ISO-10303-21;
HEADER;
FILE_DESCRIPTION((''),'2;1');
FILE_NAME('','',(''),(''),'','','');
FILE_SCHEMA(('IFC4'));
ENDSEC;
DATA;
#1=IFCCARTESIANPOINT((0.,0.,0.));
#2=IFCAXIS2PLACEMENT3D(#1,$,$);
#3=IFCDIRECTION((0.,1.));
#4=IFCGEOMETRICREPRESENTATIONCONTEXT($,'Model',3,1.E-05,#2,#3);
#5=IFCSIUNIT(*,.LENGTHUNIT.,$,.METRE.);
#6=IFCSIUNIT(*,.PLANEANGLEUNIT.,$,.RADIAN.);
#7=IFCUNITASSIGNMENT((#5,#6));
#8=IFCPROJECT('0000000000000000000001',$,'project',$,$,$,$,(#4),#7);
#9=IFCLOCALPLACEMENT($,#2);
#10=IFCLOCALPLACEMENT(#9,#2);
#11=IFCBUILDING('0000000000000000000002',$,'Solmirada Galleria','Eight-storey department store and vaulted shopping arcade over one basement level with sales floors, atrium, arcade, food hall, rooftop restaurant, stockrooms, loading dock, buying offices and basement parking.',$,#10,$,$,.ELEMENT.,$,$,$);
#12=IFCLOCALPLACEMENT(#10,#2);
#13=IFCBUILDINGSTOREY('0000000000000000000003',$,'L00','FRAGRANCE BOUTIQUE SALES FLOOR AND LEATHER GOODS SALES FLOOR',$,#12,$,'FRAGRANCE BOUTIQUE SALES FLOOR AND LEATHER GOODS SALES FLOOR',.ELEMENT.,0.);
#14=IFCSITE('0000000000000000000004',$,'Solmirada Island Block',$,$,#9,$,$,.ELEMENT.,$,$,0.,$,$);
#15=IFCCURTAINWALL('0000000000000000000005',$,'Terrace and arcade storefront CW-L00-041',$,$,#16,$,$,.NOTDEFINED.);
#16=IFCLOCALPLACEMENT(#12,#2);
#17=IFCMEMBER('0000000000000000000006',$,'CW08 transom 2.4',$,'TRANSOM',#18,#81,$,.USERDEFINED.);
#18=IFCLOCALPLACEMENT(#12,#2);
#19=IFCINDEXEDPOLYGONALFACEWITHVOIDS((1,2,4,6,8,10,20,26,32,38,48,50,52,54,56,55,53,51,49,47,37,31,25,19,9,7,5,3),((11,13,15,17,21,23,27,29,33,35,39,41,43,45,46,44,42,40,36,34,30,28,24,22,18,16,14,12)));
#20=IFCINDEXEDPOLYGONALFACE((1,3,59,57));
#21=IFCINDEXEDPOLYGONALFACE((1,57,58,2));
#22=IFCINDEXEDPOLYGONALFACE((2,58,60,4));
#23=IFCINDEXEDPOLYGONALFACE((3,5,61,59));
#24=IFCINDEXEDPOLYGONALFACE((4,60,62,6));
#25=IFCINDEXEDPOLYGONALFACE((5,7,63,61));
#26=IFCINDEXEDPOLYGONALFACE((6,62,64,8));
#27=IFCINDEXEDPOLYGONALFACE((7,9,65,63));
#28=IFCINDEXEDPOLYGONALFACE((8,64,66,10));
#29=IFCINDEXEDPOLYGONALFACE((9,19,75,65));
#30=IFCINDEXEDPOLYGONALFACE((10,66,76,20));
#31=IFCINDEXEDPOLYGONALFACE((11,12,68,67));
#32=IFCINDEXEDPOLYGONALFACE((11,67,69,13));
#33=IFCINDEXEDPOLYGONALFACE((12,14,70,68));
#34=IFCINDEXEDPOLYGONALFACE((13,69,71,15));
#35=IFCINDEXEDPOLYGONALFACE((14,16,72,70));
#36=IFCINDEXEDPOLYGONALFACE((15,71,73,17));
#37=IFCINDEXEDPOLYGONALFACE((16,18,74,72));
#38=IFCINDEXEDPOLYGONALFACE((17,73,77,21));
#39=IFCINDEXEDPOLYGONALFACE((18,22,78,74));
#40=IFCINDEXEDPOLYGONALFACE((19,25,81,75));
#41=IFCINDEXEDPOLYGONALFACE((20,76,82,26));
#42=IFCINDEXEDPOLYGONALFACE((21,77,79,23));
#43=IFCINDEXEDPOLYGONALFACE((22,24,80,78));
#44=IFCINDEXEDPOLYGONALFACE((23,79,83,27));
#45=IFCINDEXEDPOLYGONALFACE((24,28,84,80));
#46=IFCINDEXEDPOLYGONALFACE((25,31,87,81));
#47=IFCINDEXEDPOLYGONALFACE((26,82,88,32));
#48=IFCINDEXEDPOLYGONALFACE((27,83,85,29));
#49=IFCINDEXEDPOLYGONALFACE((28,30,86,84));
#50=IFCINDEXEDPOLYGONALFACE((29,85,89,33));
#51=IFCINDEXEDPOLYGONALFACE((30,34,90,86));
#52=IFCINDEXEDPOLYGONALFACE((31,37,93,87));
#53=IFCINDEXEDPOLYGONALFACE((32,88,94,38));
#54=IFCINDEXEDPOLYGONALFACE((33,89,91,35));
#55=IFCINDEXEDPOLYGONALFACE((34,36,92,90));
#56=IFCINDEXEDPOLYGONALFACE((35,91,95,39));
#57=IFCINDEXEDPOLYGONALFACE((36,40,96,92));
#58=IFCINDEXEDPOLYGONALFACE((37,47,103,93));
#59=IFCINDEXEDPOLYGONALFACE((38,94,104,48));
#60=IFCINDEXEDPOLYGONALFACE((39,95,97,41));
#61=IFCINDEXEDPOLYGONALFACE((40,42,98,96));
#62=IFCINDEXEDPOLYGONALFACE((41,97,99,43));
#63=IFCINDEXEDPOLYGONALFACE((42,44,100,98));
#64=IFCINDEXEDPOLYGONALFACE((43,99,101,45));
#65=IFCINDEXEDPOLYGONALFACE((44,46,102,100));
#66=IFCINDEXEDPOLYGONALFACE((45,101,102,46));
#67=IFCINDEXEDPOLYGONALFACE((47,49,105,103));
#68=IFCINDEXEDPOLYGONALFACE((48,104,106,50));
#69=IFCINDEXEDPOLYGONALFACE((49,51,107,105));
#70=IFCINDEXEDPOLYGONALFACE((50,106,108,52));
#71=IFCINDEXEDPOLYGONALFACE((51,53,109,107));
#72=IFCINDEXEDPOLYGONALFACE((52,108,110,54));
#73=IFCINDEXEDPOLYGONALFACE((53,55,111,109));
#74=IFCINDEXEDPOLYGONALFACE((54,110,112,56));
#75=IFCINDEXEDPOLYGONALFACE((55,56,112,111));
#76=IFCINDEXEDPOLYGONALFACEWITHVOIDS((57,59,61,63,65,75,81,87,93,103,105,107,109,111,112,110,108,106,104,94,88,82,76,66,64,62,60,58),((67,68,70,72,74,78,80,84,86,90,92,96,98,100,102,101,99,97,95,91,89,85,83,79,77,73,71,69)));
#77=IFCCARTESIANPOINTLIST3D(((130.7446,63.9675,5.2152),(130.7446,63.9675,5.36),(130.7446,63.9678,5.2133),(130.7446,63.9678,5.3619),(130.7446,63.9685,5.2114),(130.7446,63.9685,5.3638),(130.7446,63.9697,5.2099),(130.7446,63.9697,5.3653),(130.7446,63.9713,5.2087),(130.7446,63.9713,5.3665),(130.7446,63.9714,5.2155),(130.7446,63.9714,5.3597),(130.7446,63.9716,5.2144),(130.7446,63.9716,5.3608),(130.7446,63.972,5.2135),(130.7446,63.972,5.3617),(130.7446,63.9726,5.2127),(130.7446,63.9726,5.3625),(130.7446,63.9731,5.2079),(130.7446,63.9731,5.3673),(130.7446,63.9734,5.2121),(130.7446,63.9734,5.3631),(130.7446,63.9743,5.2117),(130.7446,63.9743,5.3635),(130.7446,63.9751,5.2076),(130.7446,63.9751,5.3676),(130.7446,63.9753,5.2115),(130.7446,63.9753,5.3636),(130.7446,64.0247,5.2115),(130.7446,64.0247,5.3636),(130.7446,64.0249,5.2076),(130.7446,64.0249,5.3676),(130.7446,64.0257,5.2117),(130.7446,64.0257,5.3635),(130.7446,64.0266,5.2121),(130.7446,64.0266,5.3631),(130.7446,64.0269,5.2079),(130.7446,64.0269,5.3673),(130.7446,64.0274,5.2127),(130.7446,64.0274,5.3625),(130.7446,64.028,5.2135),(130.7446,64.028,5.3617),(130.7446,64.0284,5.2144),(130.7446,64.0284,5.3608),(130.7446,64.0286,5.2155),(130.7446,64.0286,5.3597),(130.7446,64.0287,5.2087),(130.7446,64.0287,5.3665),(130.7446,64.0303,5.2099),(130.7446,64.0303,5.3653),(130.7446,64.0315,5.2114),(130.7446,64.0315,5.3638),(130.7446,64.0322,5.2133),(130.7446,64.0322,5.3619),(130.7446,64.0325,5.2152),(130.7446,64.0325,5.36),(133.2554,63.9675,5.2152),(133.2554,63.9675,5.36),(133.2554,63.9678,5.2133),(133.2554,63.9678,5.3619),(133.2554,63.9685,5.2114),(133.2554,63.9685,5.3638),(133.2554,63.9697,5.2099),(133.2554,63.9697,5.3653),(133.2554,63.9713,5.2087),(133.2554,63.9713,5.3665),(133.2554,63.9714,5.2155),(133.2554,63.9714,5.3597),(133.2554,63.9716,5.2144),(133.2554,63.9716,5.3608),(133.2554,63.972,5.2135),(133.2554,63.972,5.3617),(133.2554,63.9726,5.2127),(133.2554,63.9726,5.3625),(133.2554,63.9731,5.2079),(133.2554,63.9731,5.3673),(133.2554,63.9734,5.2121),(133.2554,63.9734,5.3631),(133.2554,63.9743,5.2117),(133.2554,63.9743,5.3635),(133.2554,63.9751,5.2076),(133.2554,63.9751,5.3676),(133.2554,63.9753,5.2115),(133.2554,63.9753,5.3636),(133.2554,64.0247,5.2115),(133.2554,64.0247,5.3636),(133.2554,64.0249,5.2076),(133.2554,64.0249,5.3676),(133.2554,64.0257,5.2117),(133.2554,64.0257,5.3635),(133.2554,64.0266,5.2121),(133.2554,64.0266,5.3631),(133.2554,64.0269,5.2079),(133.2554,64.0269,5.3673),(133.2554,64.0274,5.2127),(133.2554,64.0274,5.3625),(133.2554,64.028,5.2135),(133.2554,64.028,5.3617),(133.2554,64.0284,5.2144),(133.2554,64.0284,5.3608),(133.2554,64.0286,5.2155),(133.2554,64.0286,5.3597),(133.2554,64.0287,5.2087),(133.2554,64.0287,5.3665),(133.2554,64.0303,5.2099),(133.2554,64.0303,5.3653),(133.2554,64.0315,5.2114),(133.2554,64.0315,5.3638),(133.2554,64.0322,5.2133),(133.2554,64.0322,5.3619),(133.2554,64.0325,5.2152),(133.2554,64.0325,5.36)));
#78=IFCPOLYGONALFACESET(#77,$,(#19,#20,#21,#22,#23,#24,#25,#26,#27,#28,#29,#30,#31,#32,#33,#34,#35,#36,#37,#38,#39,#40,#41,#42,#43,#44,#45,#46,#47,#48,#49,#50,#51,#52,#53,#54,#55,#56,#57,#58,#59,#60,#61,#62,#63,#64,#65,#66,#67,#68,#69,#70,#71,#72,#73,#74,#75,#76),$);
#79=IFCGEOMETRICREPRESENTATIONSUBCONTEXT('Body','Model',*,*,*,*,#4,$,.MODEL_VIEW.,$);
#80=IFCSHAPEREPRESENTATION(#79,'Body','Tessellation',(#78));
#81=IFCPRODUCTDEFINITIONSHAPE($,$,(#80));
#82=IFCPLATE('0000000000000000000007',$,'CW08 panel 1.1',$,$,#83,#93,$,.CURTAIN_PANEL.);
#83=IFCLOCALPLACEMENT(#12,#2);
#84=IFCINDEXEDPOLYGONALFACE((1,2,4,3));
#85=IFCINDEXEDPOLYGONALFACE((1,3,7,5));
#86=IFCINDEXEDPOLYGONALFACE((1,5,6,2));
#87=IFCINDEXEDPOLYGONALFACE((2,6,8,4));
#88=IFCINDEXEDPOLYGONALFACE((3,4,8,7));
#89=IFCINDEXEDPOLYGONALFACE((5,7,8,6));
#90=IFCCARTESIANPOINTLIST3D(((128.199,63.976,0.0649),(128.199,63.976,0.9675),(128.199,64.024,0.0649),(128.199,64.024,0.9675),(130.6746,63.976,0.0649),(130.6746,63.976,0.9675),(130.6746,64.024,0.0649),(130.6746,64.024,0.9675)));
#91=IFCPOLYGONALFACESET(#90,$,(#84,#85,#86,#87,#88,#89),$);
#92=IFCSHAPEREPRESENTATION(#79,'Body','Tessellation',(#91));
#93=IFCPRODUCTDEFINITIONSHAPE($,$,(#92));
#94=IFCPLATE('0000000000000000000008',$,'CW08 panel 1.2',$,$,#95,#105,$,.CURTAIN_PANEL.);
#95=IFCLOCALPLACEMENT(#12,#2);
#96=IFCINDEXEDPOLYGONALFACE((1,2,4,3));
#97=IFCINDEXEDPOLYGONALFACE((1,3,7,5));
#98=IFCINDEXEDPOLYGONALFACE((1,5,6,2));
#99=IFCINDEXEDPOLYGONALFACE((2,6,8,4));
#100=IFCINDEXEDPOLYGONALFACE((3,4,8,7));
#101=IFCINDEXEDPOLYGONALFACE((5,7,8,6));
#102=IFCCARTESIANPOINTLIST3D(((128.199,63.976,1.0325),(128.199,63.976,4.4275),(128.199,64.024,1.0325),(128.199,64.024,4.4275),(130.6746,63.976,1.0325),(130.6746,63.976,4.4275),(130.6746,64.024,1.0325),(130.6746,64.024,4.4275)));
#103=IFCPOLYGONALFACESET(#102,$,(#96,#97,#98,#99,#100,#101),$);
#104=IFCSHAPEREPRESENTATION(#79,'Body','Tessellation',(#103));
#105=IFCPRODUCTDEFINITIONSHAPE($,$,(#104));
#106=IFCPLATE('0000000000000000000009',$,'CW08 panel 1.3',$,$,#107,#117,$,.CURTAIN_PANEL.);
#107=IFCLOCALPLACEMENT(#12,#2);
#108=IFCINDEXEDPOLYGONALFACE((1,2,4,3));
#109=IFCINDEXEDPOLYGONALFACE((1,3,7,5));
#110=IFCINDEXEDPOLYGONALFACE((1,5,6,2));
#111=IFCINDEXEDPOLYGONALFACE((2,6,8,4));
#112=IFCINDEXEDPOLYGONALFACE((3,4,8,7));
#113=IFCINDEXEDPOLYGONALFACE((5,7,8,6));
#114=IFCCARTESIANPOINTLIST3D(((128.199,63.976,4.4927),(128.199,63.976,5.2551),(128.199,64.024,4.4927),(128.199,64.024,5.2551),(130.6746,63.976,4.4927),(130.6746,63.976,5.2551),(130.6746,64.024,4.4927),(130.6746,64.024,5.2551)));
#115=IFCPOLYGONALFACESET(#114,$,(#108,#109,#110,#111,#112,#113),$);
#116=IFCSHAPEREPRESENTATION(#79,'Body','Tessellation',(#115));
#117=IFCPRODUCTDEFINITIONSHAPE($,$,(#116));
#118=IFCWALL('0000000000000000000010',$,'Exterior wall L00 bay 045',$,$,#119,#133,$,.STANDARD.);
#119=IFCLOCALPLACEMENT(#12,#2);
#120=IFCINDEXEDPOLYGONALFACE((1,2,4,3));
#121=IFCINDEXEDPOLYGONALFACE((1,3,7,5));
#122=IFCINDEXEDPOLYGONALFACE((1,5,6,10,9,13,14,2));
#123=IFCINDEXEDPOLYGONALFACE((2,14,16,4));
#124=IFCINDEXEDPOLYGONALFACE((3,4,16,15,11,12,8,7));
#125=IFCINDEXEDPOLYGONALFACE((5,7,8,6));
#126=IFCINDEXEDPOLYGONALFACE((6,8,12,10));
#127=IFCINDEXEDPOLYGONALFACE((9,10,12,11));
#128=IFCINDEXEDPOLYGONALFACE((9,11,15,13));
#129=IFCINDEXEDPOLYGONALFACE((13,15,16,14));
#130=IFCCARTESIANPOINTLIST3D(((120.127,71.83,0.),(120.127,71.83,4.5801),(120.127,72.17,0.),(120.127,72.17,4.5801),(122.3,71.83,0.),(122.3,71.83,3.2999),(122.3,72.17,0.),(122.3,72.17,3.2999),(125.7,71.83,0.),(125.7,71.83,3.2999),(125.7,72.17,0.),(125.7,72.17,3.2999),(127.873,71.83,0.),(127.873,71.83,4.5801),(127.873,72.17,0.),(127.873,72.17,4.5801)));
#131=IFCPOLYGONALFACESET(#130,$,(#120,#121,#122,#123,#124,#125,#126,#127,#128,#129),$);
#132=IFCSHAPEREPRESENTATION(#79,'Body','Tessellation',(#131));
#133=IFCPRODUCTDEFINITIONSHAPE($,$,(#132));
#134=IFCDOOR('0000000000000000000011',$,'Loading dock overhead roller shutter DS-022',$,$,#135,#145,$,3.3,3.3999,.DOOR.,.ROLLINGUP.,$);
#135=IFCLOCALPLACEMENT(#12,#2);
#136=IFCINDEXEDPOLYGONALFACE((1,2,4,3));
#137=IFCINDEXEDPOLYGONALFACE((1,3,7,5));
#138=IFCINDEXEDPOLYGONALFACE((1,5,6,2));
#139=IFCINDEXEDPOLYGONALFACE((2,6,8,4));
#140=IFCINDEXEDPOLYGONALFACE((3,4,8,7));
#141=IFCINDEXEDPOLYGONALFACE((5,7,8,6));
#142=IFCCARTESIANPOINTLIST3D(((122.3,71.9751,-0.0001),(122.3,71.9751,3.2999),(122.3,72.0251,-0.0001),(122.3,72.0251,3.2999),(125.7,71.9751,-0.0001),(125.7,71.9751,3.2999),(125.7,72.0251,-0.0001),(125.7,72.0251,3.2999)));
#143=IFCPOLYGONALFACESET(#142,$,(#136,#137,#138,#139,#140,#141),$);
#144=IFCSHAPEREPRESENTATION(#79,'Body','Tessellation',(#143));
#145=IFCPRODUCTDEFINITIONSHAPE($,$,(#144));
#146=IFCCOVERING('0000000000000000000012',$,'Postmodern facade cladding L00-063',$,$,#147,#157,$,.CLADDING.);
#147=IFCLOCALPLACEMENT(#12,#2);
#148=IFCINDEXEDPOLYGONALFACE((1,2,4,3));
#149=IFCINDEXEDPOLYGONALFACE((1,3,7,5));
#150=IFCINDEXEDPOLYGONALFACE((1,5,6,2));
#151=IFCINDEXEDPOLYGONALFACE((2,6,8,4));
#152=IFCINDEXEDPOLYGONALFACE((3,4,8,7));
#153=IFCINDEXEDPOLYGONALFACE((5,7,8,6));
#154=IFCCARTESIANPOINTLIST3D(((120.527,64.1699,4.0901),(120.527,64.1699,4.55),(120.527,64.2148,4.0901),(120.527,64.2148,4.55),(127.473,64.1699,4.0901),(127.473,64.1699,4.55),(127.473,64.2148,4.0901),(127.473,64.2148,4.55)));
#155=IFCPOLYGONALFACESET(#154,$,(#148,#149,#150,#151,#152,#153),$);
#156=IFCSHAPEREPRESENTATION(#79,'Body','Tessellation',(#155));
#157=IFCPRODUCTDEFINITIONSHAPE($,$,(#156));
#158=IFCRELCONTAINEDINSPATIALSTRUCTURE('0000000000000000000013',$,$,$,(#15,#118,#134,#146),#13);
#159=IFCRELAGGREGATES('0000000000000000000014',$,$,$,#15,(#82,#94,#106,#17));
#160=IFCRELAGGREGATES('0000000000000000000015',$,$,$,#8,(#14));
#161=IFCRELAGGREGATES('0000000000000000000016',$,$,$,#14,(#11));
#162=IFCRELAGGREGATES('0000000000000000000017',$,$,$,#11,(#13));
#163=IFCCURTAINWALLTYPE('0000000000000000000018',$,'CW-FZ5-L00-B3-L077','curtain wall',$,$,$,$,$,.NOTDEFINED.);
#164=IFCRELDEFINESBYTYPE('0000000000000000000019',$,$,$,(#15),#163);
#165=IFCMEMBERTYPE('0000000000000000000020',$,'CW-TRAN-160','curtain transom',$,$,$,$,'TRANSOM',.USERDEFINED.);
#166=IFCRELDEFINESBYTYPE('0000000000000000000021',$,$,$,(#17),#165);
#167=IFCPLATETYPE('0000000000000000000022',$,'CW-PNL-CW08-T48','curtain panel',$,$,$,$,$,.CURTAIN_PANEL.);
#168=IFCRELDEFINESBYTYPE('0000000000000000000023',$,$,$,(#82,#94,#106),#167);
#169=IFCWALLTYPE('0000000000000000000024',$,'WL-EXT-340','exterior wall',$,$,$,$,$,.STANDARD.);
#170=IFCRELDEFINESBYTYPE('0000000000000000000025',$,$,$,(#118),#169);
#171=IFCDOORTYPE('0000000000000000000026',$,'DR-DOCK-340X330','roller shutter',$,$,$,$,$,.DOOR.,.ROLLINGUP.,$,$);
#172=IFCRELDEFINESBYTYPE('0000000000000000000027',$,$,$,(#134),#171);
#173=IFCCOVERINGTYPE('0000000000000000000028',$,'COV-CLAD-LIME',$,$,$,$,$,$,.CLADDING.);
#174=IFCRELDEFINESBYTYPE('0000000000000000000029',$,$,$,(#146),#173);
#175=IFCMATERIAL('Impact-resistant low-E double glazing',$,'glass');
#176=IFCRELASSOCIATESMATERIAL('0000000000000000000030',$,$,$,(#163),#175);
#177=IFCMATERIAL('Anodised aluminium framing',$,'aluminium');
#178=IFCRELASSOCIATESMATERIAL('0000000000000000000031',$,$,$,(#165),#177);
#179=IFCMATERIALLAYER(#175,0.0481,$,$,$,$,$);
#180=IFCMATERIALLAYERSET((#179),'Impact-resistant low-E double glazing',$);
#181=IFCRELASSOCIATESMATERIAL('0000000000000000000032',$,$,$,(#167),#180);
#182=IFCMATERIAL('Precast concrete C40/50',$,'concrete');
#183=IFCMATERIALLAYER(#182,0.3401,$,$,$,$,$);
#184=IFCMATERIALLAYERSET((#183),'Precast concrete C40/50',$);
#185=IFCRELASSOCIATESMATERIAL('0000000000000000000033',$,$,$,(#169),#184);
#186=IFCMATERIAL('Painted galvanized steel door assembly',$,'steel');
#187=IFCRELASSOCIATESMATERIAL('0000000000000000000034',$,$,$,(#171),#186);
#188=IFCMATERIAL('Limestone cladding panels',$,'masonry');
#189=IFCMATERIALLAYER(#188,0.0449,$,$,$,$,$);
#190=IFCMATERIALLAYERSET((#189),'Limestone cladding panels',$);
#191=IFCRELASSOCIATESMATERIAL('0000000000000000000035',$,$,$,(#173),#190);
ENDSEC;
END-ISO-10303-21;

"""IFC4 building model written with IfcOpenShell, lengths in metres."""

from ifc_helpers import new_model, si_unit, direction, frame, frame_2d, origin, origin_2d, place, context, subcontext, project, spatial, rectangle, hollow_rectangle, extrude, material, layer, layer_set, material_profile, profile_set, type_object, element, fill, aggregate, save


model = new_model("IFC4")

# Units and contexts
model_context = context("Model", 3, precision=1e-05, world=origin(), true_north=direction((0.0, 1.0)))
body_context = subcontext(model_context, "Body", "Model", "MODEL_VIEW")
ifc_project = project(units=[si_unit("LENGTHUNIT", "METRE"), si_unit("PLANEANGLEUNIT", "RADIAN")], contexts=[model_context])

# Site, building, storey
site_placement = place(None, origin())
site = spatial("IfcSite", under=ifc_project, at=site_placement, Name="Solmirada Island Block", CompositionType="ELEMENT", RefElevation=0.0)
building_placement = place(site_placement, origin())
building = spatial("IfcBuilding", under=site, at=building_placement, Name="Solmirada Galleria", Description="Eight-storey department store and vaulted shopping arcade over one basement level with sales floors, atrium, arcade, food hall, rooftop restaurant, stockrooms, loading dock, buying offices and basement parking.", CompositionType="ELEMENT")
storey_placement = place(building_placement, origin())
storey = spatial("IfcBuildingStorey", under=building, at=storey_placement, Name="L00", Description="FRAGRANCE BOUTIQUE SALES FLOOR AND LEATHER GOODS SALES FLOOR", LongName="FRAGRANCE BOUTIQUE SALES FLOOR AND LEATHER GOODS SALES FLOOR", CompositionType="ELEMENT", Elevation=0.0)

# Curtain wall, member, plates
ifc_material_1 = material(Name="Impact-resistant low-E double glazing", Category="glass")
curtain_wall_type = type_object("IfcCurtainWallType", Name="CW-FZ5-L00-B3-L077", Description="curtain wall", PredefinedType="NOTDEFINED", material=ifc_material_1)
curtain_wall_placement = place(storey_placement, origin())
curtain_wall = element("IfcCurtainWall", 1, at=curtain_wall_placement, inside=storey, type_object=curtain_wall_type, Name="Terrace and arcade storefront CW-L00-041", PredefinedType="NOTDEFINED")
ifc_material_2 = material(Name="Anodised aluminium framing", Category="aluminium")
ifc_material_profile_1 = material_profile(ifc_material_2, hollow_rectangle(XDim=0.0649, YDim=0.1599, WallThickness=0.0039, InnerFilletRadius=0.0039, OuterFilletRadius=0.0076, at=origin_2d()), Name="ALU-TRAN-160X65")
ifc_profile_set_1 = profile_set([ifc_material_profile_1], Name="Anodised aluminium framing")
member_type_1 = type_object("IfcMemberType", Name="CW-TRAN-160", Description="curtain transom", ElementType="TRANSOM", PredefinedType="USERDEFINED", material=ifc_profile_set_1)
member_1_placement = place(storey_placement, frame((130.7446, 64.0, 5.2876), z_axis=(1.0, 0.0, 0.0), x_axis=(0.0, 1.0, 0.0)))
member_1 = element("IfcMember", 2, at=member_1_placement, type_object=member_type_1, Name="CW08 transom 2.4", ObjectType="TRANSOM", PredefinedType="USERDEFINED", context=body_context, shape_type="SweptSolid", body=[
    extrude(hollow_rectangle(XDim=0.0649, YDim=0.1599, WallThickness=0.0039, InnerFilletRadius=0.0039, OuterFilletRadius=0.0076, at=origin_2d()), origin(), (0.0, 0.0, 1.0), 2.5107),
])
ifc_layer_1 = layer(ifc_material_1, 0.0481)
ifc_layer_set_1 = layer_set([ifc_layer_1], Name="Impact-resistant low-E double glazing")
plate_type = type_object("IfcPlateType", Name="CW-PNL-CW08-T48", Description="curtain panel", PredefinedType="CURTAIN_PANEL", material=ifc_layer_set_1)
plate_1_placement = place(storey_placement, frame((129.4368, 64.0, 0.0649), z_axis=(0.0, 0.0, 1.0), x_axis=(1.0, 0.0, 0.0)))
plate_1 = element("IfcPlate", 3, at=plate_1_placement, type_object=plate_type, Name="CW08 panel 1.1", PredefinedType="CURTAIN_PANEL", context=body_context, shape_type="SweptSolid", body=[
    extrude(rectangle(XDim=2.4756, YDim=0.0481, at=origin_2d()), origin(), (0.0, 0.0, 1.0), 0.9026),
])
plate_2_placement = place(storey_placement, frame((129.4368, 64.0, 1.0325), z_axis=(0.0, 0.0, 1.0), x_axis=(1.0, 0.0, 0.0)))
plate_2 = element("IfcPlate", 4, at=plate_2_placement, type_object=plate_type, Name="CW08 panel 1.2", PredefinedType="CURTAIN_PANEL", context=body_context, shape_type="SweptSolid", body=[
    extrude(rectangle(XDim=2.4756, YDim=0.0481, at=origin_2d()), origin(), (0.0, 0.0, 1.0), 3.395),
])
plate_3_placement = place(storey_placement, frame((129.4368, 64.0, 4.4927), z_axis=(0.0, 0.0, 1.0), x_axis=(1.0, 0.0, 0.0)))
plate_3 = element("IfcPlate", 5, at=plate_3_placement, type_object=plate_type, Name="CW08 panel 1.3", PredefinedType="CURTAIN_PANEL", context=body_context, shape_type="SweptSolid", body=[
    extrude(rectangle(XDim=2.4756, YDim=0.0481, at=origin_2d()), origin(), (0.0, 0.0, 1.0), 0.7625),
])
aggregate(curtain_wall, [plate_1, plate_2, plate_3, member_1])

# Wall, opening, door
ifc_material_3 = material(Name="Precast concrete C40/50", Category="concrete")
ifc_layer_2 = layer(ifc_material_3, 0.3401)
ifc_layer_set_2 = layer_set([ifc_layer_2], Name="Precast concrete C40/50")
wall_type = type_object("IfcWallType", Name="WL-EXT-340", Description="exterior wall", PredefinedType="STANDARD", material=ifc_layer_set_2)
wall_placement = place(storey_placement, frame((127.873, 72.0, 0.0), z_axis=(0.0, 0.0, 1.0), x_axis=(-1.0, 0.0, 0.0)))
wall = element("IfcWall", 6, at=wall_placement, inside=storey, type_object=wall_type, Name="Exterior wall L00 bay 045", PredefinedType="STANDARD", context=body_context, shape_type="SweptSolid", body=[
    extrude(rectangle(XDim=7.7461, YDim=0.3401, at=frame_2d((3.873, 0.0))), origin(), (0.0, 0.0, 1.0), 4.5801),
])
opening_placement = place(wall_placement, frame((2.1731, 0.0, 0.0)))
opening = element("IfcOpeningElement", 7, at=opening_placement, cuts=wall, PredefinedType="OPENING", context=body_context, shape_type="SweptSolid", body=[
    extrude(rectangle(XDim=3.3999, YDim=3.3, at=frame_2d((1.7, 1.6499))), frame((0.0, 0.1799, 0.0), z_axis=(0.0, -1.0, 0.0), x_axis=(1.0, 0.0, 0.0)), (0.0, 0.0, 1.0), 0.3601),
])
ifc_material_4 = material(Name="Painted galvanized steel door assembly", Category="steel")
door_type = type_object("IfcDoorType", Name="DR-DOCK-340X330", Description="roller shutter", OperationType="ROLLINGUP", PredefinedType="DOOR", material=ifc_material_4)
door_placement = place(opening_placement, origin())
door = element("IfcDoor", 8, at=door_placement, inside=storey, type_object=door_type, Name="Loading dock overhead roller shutter DS-022", OperationType="ROLLINGUP", OverallHeight=3.3, OverallWidth=3.3999, PredefinedType="DOOR", context=body_context, shape_type="SweptSolid", body=[
    extrude(rectangle(XDim=3.3999, YDim=3.3, at=frame_2d((1.7, 1.6499))), frame((0.0, 0.0249, 0.0), z_axis=(0.0, -1.0, 0.0), x_axis=(1.0, 0.0, 0.0)), (0.0, 0.0, 1.0), 0.05),
])
fill(opening, door)

# Covering
ifc_material_5 = material(Name="Limestone cladding panels", Category="masonry")
ifc_layer_3 = layer(ifc_material_5, 0.0449)
ifc_layer_set_3 = layer_set([ifc_layer_3], Name="Limestone cladding panels")
covering_type = type_object("IfcCoveringType", Name="COV-CLAD-LIME", PredefinedType="CLADDING", material=ifc_layer_set_3)
covering_placement = place(storey_placement, frame((124.0, 64.1924, 4.0901), z_axis=(0.0, 0.0, 1.0), x_axis=(1.0, 0.0, 0.0)))
element("IfcCovering", 9, at=covering_placement, inside=storey, type_object=covering_type, Name="Postmodern facade cladding L00-063", PredefinedType="CLADDING", context=body_context, shape_type="SweptSolid", body=[
    extrude(rectangle(XDim=6.946, YDim=0.0449, at=origin_2d()), origin(), (0.0, 0.0, 1.0), 0.46),
])

save(model, "model.ifc")
